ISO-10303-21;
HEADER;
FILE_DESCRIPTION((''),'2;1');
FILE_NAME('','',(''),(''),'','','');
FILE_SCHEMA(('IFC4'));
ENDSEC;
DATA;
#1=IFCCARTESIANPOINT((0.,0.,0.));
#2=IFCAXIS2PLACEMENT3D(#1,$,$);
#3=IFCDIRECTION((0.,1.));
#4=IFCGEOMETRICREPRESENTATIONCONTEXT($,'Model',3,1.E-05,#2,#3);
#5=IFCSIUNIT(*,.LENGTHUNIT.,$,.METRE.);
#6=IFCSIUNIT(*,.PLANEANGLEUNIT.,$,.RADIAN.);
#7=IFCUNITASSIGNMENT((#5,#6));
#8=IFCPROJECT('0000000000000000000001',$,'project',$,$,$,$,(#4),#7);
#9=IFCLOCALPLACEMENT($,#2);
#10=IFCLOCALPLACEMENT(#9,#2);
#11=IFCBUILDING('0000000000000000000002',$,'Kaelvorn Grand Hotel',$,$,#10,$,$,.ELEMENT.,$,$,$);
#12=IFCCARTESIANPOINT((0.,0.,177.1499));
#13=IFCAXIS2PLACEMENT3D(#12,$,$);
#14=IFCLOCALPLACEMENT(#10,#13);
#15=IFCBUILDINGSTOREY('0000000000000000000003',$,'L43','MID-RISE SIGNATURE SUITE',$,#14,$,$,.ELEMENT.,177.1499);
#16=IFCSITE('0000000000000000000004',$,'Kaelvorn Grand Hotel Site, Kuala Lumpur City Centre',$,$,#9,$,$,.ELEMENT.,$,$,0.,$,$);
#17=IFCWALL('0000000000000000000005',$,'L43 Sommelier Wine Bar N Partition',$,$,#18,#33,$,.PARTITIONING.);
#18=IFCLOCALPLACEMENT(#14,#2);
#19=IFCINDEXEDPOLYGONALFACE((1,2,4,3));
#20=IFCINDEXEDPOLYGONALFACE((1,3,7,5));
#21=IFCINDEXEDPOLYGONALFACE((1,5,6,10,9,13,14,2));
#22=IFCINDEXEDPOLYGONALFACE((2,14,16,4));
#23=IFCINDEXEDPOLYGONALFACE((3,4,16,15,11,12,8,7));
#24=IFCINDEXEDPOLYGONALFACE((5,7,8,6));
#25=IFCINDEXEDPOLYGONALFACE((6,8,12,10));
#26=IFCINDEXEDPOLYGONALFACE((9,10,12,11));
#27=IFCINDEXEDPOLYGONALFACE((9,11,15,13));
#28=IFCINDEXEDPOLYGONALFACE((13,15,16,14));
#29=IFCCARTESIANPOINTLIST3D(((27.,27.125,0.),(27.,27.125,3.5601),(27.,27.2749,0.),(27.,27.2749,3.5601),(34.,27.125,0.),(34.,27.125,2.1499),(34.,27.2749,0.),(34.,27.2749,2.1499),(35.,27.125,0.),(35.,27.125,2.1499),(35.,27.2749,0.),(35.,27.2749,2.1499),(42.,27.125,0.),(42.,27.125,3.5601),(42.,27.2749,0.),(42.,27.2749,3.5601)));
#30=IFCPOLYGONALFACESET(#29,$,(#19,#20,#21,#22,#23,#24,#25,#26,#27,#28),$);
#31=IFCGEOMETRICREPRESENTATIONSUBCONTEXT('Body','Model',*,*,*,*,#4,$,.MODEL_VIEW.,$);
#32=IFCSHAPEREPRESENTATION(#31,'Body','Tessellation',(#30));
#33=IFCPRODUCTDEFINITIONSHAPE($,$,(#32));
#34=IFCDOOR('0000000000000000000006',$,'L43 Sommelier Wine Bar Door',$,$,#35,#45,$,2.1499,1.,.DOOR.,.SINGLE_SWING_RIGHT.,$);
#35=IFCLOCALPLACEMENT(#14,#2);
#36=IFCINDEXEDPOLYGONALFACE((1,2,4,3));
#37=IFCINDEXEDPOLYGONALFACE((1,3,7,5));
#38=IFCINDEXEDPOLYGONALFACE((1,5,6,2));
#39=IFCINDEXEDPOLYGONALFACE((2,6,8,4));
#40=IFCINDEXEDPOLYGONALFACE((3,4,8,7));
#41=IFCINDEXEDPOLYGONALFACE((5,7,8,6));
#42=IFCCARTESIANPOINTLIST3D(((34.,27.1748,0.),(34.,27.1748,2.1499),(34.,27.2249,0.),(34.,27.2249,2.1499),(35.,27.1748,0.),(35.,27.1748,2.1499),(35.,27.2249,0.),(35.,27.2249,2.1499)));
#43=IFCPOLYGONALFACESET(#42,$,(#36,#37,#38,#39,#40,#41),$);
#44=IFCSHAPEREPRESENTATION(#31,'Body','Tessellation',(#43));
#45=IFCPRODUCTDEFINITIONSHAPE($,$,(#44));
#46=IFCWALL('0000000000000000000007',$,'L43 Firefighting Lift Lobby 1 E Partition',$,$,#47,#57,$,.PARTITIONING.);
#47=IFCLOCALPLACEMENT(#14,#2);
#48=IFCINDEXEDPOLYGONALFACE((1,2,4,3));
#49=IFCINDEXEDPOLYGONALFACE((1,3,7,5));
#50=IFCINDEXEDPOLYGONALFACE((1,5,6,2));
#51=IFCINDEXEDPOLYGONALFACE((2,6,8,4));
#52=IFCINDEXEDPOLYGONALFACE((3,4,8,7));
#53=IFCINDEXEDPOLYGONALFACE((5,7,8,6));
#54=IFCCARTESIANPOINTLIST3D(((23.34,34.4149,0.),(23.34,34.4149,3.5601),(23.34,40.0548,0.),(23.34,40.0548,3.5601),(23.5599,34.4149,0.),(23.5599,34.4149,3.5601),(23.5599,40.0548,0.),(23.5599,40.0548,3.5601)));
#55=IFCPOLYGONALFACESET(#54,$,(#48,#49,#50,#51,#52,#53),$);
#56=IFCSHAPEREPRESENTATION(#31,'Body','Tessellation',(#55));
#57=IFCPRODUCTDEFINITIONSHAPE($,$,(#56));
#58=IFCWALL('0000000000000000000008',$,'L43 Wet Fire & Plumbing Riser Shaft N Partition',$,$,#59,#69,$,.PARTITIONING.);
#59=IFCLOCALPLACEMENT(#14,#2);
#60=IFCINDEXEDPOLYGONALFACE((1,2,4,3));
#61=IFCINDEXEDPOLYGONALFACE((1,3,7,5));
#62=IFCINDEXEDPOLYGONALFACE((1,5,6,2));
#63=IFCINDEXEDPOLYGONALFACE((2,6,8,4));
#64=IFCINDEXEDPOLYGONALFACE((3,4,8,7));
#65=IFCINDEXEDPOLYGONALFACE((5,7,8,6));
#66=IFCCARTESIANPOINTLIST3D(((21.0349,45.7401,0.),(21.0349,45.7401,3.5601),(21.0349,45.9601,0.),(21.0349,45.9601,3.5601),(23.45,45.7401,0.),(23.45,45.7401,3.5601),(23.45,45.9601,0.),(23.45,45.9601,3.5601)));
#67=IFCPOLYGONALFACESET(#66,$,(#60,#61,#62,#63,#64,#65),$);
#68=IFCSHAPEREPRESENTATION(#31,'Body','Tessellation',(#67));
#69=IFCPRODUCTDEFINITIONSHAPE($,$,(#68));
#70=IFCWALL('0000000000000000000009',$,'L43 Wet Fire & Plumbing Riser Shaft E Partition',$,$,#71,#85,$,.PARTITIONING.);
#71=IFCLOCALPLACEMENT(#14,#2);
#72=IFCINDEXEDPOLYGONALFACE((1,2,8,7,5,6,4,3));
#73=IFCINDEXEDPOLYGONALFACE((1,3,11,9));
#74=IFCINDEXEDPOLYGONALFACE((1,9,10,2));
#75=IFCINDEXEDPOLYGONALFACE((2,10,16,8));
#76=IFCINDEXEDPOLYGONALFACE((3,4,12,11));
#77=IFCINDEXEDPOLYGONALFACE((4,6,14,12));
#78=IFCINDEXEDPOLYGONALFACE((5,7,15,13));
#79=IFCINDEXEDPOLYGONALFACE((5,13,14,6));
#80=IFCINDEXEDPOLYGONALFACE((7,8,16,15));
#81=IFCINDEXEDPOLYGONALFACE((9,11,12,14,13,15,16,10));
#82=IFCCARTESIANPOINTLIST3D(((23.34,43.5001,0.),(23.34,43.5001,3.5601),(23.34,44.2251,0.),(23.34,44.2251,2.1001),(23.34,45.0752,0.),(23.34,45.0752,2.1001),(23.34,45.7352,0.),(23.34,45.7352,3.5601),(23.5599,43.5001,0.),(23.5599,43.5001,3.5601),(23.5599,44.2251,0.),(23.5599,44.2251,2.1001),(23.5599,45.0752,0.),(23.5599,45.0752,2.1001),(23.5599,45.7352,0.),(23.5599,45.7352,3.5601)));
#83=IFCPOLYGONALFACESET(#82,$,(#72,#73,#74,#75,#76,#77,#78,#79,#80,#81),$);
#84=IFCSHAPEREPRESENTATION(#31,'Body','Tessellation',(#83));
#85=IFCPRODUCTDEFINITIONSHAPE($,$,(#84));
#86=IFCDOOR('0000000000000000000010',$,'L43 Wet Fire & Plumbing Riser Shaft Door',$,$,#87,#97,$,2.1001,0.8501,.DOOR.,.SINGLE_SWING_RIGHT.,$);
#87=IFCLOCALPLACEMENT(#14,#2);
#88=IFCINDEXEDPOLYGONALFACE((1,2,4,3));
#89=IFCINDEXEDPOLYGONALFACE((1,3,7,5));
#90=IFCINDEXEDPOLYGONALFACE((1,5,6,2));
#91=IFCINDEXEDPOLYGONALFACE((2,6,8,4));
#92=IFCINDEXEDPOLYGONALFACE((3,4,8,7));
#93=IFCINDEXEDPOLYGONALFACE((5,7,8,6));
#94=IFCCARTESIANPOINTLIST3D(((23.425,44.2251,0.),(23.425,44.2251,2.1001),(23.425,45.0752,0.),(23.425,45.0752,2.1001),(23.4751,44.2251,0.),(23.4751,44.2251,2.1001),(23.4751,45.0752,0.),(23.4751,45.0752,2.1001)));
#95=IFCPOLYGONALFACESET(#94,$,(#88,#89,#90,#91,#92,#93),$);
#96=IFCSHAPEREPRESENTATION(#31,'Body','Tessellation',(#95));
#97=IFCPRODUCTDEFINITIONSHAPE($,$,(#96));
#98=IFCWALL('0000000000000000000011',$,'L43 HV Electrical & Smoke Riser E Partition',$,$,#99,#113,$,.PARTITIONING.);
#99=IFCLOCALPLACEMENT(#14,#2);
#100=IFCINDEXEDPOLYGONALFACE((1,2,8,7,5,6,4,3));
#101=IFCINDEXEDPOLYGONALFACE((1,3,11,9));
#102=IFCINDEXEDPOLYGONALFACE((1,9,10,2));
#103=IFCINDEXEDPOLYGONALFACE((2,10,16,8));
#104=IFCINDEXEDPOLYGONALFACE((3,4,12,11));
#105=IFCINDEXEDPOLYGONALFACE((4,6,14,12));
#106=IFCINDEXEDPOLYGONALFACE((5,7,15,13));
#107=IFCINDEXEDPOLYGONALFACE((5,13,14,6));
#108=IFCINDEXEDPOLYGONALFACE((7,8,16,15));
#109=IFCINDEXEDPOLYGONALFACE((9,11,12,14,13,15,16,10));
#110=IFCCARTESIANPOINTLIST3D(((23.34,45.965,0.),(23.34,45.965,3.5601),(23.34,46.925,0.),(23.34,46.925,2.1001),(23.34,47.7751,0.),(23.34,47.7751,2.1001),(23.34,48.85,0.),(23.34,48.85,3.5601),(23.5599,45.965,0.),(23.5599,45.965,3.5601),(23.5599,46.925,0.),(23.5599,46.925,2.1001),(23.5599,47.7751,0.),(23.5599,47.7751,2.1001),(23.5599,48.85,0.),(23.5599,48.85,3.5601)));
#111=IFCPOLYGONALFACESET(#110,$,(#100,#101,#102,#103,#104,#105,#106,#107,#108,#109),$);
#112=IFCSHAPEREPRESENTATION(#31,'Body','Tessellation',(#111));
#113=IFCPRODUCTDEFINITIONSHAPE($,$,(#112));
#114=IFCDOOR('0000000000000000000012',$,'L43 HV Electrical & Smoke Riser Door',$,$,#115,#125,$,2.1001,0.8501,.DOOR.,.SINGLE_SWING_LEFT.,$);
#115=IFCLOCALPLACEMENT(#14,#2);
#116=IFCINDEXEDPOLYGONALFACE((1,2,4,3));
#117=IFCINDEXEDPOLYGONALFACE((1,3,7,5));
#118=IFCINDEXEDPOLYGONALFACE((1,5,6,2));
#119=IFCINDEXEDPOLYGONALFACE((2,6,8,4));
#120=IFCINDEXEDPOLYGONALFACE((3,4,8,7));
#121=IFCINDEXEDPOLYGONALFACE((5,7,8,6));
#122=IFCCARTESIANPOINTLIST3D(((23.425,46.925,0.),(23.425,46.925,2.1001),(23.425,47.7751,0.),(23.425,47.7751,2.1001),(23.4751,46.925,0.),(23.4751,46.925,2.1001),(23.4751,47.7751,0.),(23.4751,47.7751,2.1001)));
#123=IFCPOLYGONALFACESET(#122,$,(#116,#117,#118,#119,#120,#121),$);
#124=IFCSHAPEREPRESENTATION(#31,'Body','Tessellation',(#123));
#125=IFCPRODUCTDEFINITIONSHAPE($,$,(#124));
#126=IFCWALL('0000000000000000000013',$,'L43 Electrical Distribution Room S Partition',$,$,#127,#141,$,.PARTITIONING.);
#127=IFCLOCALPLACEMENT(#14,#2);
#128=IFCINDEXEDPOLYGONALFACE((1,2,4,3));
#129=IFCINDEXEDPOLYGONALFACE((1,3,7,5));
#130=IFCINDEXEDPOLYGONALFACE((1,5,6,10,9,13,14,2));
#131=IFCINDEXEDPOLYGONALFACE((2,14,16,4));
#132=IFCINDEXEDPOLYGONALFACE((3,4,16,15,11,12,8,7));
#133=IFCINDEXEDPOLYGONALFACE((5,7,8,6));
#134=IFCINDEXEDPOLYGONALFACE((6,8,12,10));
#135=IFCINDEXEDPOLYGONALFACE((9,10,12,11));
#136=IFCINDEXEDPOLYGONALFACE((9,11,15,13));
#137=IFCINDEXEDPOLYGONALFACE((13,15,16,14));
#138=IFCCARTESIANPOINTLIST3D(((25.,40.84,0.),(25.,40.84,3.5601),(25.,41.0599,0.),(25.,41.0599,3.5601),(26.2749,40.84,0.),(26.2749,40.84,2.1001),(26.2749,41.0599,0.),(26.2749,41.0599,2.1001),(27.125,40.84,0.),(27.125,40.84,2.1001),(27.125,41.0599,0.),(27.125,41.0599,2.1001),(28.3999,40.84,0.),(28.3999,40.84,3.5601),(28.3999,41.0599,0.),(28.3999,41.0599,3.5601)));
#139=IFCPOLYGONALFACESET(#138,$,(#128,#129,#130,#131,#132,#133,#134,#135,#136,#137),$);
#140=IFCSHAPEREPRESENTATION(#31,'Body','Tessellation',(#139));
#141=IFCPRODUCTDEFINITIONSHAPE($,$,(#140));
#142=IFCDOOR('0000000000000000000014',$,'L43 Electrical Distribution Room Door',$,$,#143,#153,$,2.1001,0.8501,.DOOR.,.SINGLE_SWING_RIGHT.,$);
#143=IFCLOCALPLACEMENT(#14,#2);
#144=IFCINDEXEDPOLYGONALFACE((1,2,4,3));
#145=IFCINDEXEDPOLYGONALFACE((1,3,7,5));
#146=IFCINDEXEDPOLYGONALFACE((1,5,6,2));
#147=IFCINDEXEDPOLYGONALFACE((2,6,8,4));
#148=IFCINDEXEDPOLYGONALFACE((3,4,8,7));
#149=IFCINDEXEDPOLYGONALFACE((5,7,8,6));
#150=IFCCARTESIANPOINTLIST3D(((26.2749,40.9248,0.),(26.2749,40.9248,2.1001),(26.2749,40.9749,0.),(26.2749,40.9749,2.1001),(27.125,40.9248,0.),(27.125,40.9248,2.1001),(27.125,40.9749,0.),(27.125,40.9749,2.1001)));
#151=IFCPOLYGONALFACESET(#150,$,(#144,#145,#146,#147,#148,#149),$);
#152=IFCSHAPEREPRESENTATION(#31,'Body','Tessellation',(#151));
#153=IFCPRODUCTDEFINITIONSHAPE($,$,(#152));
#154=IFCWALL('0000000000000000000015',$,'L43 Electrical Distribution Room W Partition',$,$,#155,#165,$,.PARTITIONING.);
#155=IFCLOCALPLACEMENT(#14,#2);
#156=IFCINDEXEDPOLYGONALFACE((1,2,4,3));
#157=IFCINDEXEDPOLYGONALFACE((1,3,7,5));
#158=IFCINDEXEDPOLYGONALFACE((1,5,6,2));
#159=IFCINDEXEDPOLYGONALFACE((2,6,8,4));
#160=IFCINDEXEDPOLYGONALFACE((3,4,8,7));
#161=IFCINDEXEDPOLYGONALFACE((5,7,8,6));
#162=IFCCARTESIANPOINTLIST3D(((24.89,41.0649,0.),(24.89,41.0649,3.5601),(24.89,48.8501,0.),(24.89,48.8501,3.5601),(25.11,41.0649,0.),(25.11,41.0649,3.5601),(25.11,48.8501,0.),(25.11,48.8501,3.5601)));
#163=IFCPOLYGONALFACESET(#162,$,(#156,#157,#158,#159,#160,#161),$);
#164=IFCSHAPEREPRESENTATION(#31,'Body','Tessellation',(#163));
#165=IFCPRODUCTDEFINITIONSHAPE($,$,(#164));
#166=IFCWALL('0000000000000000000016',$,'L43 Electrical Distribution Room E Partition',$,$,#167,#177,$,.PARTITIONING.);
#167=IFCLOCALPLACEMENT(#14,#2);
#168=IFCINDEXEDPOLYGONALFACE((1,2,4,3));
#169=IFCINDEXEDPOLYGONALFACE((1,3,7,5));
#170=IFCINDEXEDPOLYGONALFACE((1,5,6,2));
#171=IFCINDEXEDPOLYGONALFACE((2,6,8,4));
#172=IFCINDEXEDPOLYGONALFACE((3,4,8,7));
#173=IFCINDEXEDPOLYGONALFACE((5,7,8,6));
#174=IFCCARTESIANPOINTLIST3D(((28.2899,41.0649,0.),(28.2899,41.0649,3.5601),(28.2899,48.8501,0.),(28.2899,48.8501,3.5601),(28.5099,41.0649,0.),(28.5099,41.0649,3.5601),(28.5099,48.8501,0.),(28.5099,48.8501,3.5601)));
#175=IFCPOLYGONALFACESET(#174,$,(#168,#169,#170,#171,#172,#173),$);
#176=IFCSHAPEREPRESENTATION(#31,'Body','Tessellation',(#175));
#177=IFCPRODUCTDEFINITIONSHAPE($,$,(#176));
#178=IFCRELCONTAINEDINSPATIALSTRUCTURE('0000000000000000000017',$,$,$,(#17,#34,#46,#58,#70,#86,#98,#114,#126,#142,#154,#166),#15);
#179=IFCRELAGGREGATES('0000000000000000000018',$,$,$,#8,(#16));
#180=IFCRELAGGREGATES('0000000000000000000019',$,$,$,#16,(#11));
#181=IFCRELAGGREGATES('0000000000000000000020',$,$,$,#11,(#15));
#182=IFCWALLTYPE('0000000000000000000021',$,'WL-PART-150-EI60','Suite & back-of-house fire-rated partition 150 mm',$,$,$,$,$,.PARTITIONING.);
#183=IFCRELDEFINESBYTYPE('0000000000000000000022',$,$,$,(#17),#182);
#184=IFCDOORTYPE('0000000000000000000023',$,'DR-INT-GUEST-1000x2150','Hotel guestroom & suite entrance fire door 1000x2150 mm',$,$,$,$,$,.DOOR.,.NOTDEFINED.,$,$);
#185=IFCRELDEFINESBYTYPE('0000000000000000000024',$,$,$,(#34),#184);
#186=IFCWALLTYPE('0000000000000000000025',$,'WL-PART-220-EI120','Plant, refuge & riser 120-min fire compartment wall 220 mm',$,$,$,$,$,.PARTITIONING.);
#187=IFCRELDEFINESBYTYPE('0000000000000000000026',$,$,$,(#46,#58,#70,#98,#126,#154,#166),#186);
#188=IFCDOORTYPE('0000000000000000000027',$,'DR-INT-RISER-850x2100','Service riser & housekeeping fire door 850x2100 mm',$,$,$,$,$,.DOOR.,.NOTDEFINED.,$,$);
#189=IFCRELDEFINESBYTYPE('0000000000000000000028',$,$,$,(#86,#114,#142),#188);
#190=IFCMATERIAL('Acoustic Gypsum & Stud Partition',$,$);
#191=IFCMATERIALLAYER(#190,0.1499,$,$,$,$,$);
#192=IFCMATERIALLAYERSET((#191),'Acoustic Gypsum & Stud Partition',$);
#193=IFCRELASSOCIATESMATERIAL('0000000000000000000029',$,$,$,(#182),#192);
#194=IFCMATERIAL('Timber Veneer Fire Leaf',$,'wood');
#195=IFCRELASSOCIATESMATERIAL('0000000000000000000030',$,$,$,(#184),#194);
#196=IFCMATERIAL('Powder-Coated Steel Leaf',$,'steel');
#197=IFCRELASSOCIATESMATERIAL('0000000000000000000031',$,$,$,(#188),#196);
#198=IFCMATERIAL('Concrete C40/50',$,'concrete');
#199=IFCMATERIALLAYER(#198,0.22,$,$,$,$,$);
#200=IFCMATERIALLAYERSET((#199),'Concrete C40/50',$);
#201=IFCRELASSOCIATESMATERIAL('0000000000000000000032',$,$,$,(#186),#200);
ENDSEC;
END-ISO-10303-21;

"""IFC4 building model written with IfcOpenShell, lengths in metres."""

from ifc_helpers import new_model, si_unit, direction, frame, frame_2d, origin, place, context, subcontext, project, spatial, rectangle, extrude, material, layer, layer_set, type_object, element, fill, save


model = new_model("IFC4")

# Units and contexts
model_context = context("Model", 3, precision=1e-05, world=origin(), true_north=direction((0.0, 1.0)))
body_context = subcontext(model_context, "Body", "Model", "MODEL_VIEW")
ifc_project = project(units=[si_unit("LENGTHUNIT", "METRE"), si_unit("PLANEANGLEUNIT", "RADIAN")], contexts=[model_context])

# Site, building, storey
site_placement = place(None, origin())
site = spatial("IfcSite", under=ifc_project, at=site_placement, Name="Kaelvorn Grand Hotel Site, Kuala Lumpur City Centre", CompositionType="ELEMENT", RefElevation=0.0)
building_placement = place(site_placement, origin())
building = spatial("IfcBuilding", under=site, at=building_placement, Name="Kaelvorn Grand Hotel", CompositionType="ELEMENT")
storey_placement = place(building_placement, frame((0.0, 0.0, 177.1499)))
storey = spatial("IfcBuildingStorey", under=building, at=storey_placement, Name="L43", Description="MID-RISE SIGNATURE SUITE", CompositionType="ELEMENT", Elevation=177.1499)

# Shared definitions
ifc_material_1 = material(Name="Acoustic Gypsum & Stud Partition")
ifc_layer_1 = layer(ifc_material_1, 0.1499)
ifc_layer_set_1 = layer_set([ifc_layer_1], Name="Acoustic Gypsum & Stud Partition")
wall_type_1 = type_object("IfcWallType", Name="WL-PART-150-EI60", Description="Suite & back-of-house fire-rated partition 150 mm", PredefinedType="PARTITIONING", material=ifc_layer_set_1)
ifc_material_2 = material(Name="Timber Veneer Fire Leaf", Category="wood")
door_type_1 = type_object("IfcDoorType", Name="DR-INT-GUEST-1000x2150", Description="Hotel guestroom & suite entrance fire door 1000x2150 mm", OperationType="NOTDEFINED", PredefinedType="DOOR", material=ifc_material_2)

# Wall, opening, door
ifc_material_3 = material(Name="Powder-Coated Steel Leaf", Category="steel")
door_type_2 = type_object("IfcDoorType", Name="DR-INT-RISER-850x2100", Description="Service riser & housekeeping fire door 850x2100 mm", OperationType="NOTDEFINED", PredefinedType="DOOR", material=ifc_material_3)
wall_1_placement = place(storey_placement, frame((27.0, 27.2, 0.0), z_axis=(0.0, 0.0, 1.0), x_axis=(1.0, 0.0, 0.0)))
wall_1 = element("IfcWall", 1, at=wall_1_placement, inside=storey, type_object=wall_type_1, Name="L43 Sommelier Wine Bar N Partition", PredefinedType="PARTITIONING", context=body_context, shape_type="SweptSolid", body=[
    extrude(rectangle(XDim=15.0, YDim=0.1499, at=frame_2d((7.5, 0.0))), origin(), (0.0, 0.0, 1.0), 3.5601),
])
opening_1_placement = place(wall_1_placement, frame((7.0, 0.0, 0.0)))
opening_1 = element("IfcOpeningElement", 2, at=opening_1_placement, cuts=wall_1, PredefinedType="OPENING", context=body_context, shape_type="SweptSolid", body=[
    extrude(rectangle(XDim=1.0, YDim=2.1499, at=frame_2d((0.5, 1.075))), frame((0.0, 0.085, 0.0), z_axis=(0.0, -1.0, 0.0), x_axis=(1.0, 0.0, 0.0)), (0.0, 0.0, 1.0), 0.1699),
])
door_1_placement = place(opening_1_placement, origin())
door_1 = element("IfcDoor", 3, at=door_1_placement, inside=storey, type_object=door_type_1, Name="L43 Sommelier Wine Bar Door", OperationType="SINGLE_SWING_RIGHT", OverallHeight=2.1499, OverallWidth=1.0, PredefinedType="DOOR", context=body_context, shape_type="SweptSolid", body=[
    extrude(rectangle(XDim=1.0, YDim=2.1499, at=frame_2d((0.5, 1.075))), frame((0.0, 0.0249, 0.0), z_axis=(0.0, -1.0, 0.0), x_axis=(1.0, 0.0, 0.0)), (0.0, 0.0, 1.0), 0.05),
])
fill(opening_1, door_1)

# Walls
ifc_material_4 = material(Name="Concrete C40/50", Category="concrete")
ifc_layer_2 = layer(ifc_material_4, 0.22)
ifc_layer_set_2 = layer_set([ifc_layer_2], Name="Concrete C40/50")
wall_type_2 = type_object("IfcWallType", Name="WL-PART-220-EI120", Description="Plant, refuge & riser 120-min fire compartment wall 220 mm", PredefinedType="PARTITIONING", material=ifc_layer_set_2)
wall_2_placement = place(storey_placement, frame((23.45, 34.415, 0.0), z_axis=(0.0, 0.0, 1.0), x_axis=(0.0, 1.0, 0.0)))
element("IfcWall", 4, at=wall_2_placement, inside=storey, type_object=wall_type_2, Name="L43 Firefighting Lift Lobby 1 E Partition", PredefinedType="PARTITIONING", context=body_context, shape_type="SweptSolid", body=[
    extrude(rectangle(XDim=5.6399, YDim=0.22, at=frame_2d((2.8198, 0.0))), origin(), (0.0, 0.0, 1.0), 3.5601),
])
wall_3_placement = place(storey_placement, frame((21.0349, 45.8501, 0.0), z_axis=(0.0, 0.0, 1.0), x_axis=(1.0, 0.0, 0.0)))
element("IfcWall", 5, at=wall_3_placement, inside=storey, type_object=wall_type_2, Name="L43 Wet Fire & Plumbing Riser Shaft N Partition", PredefinedType="PARTITIONING", context=body_context, shape_type="SweptSolid", body=[
    extrude(rectangle(XDim=2.415, YDim=0.22, at=frame_2d((1.2075, 0.0))), origin(), (0.0, 0.0, 1.0), 3.5601),
])

# Walls, openings, doors
wall_4_placement = place(storey_placement, frame((23.45, 43.5, 0.0), z_axis=(0.0, 0.0, 1.0), x_axis=(0.0, 1.0, 0.0)))
wall_4 = element("IfcWall", 6, at=wall_4_placement, inside=storey, type_object=wall_type_2, Name="L43 Wet Fire & Plumbing Riser Shaft E Partition", PredefinedType="PARTITIONING", context=body_context, shape_type="SweptSolid", body=[
    extrude(rectangle(XDim=2.2351, YDim=0.22, at=frame_2d((1.1177, 0.0))), origin(), (0.0, 0.0, 1.0), 3.5601),
])
opening_2_placement = place(wall_4_placement, frame((0.7251, 0.0, 0.0)))
opening_2 = element("IfcOpeningElement", 7, at=opening_2_placement, cuts=wall_4, PredefinedType="OPENING", context=body_context, shape_type="SweptSolid", body=[
    extrude(rectangle(XDim=0.8501, YDim=2.1001, at=frame_2d((0.425, 1.05))), frame((0.0, 0.1201, 0.0), z_axis=(0.0, -1.0, 0.0), x_axis=(1.0, 0.0, 0.0)), (0.0, 0.0, 1.0), 0.24),
])
door_2_placement = place(opening_2_placement, origin())
door_2 = element("IfcDoor", 8, at=door_2_placement, inside=storey, type_object=door_type_2, Name="L43 Wet Fire & Plumbing Riser Shaft Door", OperationType="SINGLE_SWING_RIGHT", OverallHeight=2.1001, OverallWidth=0.8501, PredefinedType="DOOR", context=body_context, shape_type="SweptSolid", body=[
    extrude(rectangle(XDim=0.8501, YDim=2.1001, at=frame_2d((0.425, 1.05))), frame((0.0, 0.0249, 0.0), z_axis=(0.0, -1.0, 0.0), x_axis=(1.0, 0.0, 0.0)), (0.0, 0.0, 1.0), 0.05),
])
fill(opening_2, door_2)
wall_5_placement = place(storey_placement, frame((23.45, 45.9651, 0.0), z_axis=(0.0, 0.0, 1.0), x_axis=(0.0, 1.0, 0.0)))
wall_5 = element("IfcWall", 9, at=wall_5_placement, inside=storey, type_object=wall_type_2, Name="L43 HV Electrical & Smoke Riser E Partition", PredefinedType="PARTITIONING", context=body_context, shape_type="SweptSolid", body=[
    extrude(rectangle(XDim=2.885, YDim=0.22, at=frame_2d((1.4424, 0.0))), origin(), (0.0, 0.0, 1.0), 3.5601),
])
opening_3_placement = place(wall_5_placement, frame((0.96, 0.0, 0.0)))
opening_3 = element("IfcOpeningElement", 10, at=opening_3_placement, cuts=wall_5, PredefinedType="OPENING", context=body_context, shape_type="SweptSolid", body=[
    extrude(rectangle(XDim=0.8501, YDim=2.1001, at=frame_2d((0.425, 1.05))), frame((0.0, 0.1201, 0.0), z_axis=(0.0, -1.0, 0.0), x_axis=(1.0, 0.0, 0.0)), (0.0, 0.0, 1.0), 0.24),
])
door_3_placement = place(opening_3_placement, origin())
door_3 = element("IfcDoor", 11, at=door_3_placement, inside=storey, type_object=door_type_2, Name="L43 HV Electrical & Smoke Riser Door", OperationType="SINGLE_SWING_LEFT", OverallHeight=2.1001, OverallWidth=0.8501, PredefinedType="DOOR", context=body_context, shape_type="SweptSolid", body=[
    extrude(rectangle(XDim=0.8501, YDim=2.1001, at=frame_2d((0.425, 1.05))), frame((0.0, 0.0249, 0.0), z_axis=(0.0, -1.0, 0.0), x_axis=(1.0, 0.0, 0.0)), (0.0, 0.0, 1.0), 0.05),
])
fill(opening_3, door_3)
wall_6_placement = place(storey_placement, frame((25.0, 40.95, 0.0), z_axis=(0.0, 0.0, 1.0), x_axis=(1.0, 0.0, 0.0)))
wall_6 = element("IfcWall", 12, at=wall_6_placement, inside=storey, type_object=wall_type_2, Name="L43 Electrical Distribution Room S Partition", PredefinedType="PARTITIONING", context=body_context, shape_type="SweptSolid", body=[
    extrude(rectangle(XDim=3.3999, YDim=0.22, at=frame_2d((1.7, 0.0))), origin(), (0.0, 0.0, 1.0), 3.5601),
])
opening_4_placement = place(wall_6_placement, frame((1.2749, 0.0, 0.0)))
opening_4 = element("IfcOpeningElement", 13, at=opening_4_placement, cuts=wall_6, PredefinedType="OPENING", context=body_context, shape_type="SweptSolid", body=[
    extrude(rectangle(XDim=0.8501, YDim=2.1001, at=frame_2d((0.425, 1.05))), frame((0.0, 0.1201, 0.0), z_axis=(0.0, -1.0, 0.0), x_axis=(1.0, 0.0, 0.0)), (0.0, 0.0, 1.0), 0.24),
])
door_4_placement = place(opening_4_placement, origin())
door_4 = element("IfcDoor", 14, at=door_4_placement, inside=storey, type_object=door_type_2, Name="L43 Electrical Distribution Room Door", OperationType="SINGLE_SWING_RIGHT", OverallHeight=2.1001, OverallWidth=0.8501, PredefinedType="DOOR", context=body_context, shape_type="SweptSolid", body=[
    extrude(rectangle(XDim=0.8501, YDim=2.1001, at=frame_2d((0.425, 1.05))), frame((0.0, 0.0249, 0.0), z_axis=(0.0, -1.0, 0.0), x_axis=(1.0, 0.0, 0.0)), (0.0, 0.0, 1.0), 0.05),
])
fill(opening_4, door_4)

# Walls
for number, where, z_axis, x_axis, name in (
    (15, (25.0, 41.0649, 0.0), (0.0, 0.0, 1.0), (0.0, 1.0, 0.0), "L43 Electrical Distribution Room W Partition"),
    (16, (28.3999, 41.0649, 0.0), (0.0, 0.0, 1.0), (0.0, 1.0, 0.0), "L43 Electrical Distribution Room E Partition"),
):
    element("IfcWall", number, at=place(storey_placement, frame(where, z_axis=z_axis, x_axis=x_axis)), inside=storey, type_object=wall_type_2, Name=name, PredefinedType="PARTITIONING", context=body_context, shape_type="SweptSolid", body=[
        extrude(rectangle(XDim=7.7852, YDim=0.22, at=frame_2d((3.8926, 0.0))), origin(), (0.0, 0.0, 1.0), 3.5601),
    ])

save(model, "model.ifc")
